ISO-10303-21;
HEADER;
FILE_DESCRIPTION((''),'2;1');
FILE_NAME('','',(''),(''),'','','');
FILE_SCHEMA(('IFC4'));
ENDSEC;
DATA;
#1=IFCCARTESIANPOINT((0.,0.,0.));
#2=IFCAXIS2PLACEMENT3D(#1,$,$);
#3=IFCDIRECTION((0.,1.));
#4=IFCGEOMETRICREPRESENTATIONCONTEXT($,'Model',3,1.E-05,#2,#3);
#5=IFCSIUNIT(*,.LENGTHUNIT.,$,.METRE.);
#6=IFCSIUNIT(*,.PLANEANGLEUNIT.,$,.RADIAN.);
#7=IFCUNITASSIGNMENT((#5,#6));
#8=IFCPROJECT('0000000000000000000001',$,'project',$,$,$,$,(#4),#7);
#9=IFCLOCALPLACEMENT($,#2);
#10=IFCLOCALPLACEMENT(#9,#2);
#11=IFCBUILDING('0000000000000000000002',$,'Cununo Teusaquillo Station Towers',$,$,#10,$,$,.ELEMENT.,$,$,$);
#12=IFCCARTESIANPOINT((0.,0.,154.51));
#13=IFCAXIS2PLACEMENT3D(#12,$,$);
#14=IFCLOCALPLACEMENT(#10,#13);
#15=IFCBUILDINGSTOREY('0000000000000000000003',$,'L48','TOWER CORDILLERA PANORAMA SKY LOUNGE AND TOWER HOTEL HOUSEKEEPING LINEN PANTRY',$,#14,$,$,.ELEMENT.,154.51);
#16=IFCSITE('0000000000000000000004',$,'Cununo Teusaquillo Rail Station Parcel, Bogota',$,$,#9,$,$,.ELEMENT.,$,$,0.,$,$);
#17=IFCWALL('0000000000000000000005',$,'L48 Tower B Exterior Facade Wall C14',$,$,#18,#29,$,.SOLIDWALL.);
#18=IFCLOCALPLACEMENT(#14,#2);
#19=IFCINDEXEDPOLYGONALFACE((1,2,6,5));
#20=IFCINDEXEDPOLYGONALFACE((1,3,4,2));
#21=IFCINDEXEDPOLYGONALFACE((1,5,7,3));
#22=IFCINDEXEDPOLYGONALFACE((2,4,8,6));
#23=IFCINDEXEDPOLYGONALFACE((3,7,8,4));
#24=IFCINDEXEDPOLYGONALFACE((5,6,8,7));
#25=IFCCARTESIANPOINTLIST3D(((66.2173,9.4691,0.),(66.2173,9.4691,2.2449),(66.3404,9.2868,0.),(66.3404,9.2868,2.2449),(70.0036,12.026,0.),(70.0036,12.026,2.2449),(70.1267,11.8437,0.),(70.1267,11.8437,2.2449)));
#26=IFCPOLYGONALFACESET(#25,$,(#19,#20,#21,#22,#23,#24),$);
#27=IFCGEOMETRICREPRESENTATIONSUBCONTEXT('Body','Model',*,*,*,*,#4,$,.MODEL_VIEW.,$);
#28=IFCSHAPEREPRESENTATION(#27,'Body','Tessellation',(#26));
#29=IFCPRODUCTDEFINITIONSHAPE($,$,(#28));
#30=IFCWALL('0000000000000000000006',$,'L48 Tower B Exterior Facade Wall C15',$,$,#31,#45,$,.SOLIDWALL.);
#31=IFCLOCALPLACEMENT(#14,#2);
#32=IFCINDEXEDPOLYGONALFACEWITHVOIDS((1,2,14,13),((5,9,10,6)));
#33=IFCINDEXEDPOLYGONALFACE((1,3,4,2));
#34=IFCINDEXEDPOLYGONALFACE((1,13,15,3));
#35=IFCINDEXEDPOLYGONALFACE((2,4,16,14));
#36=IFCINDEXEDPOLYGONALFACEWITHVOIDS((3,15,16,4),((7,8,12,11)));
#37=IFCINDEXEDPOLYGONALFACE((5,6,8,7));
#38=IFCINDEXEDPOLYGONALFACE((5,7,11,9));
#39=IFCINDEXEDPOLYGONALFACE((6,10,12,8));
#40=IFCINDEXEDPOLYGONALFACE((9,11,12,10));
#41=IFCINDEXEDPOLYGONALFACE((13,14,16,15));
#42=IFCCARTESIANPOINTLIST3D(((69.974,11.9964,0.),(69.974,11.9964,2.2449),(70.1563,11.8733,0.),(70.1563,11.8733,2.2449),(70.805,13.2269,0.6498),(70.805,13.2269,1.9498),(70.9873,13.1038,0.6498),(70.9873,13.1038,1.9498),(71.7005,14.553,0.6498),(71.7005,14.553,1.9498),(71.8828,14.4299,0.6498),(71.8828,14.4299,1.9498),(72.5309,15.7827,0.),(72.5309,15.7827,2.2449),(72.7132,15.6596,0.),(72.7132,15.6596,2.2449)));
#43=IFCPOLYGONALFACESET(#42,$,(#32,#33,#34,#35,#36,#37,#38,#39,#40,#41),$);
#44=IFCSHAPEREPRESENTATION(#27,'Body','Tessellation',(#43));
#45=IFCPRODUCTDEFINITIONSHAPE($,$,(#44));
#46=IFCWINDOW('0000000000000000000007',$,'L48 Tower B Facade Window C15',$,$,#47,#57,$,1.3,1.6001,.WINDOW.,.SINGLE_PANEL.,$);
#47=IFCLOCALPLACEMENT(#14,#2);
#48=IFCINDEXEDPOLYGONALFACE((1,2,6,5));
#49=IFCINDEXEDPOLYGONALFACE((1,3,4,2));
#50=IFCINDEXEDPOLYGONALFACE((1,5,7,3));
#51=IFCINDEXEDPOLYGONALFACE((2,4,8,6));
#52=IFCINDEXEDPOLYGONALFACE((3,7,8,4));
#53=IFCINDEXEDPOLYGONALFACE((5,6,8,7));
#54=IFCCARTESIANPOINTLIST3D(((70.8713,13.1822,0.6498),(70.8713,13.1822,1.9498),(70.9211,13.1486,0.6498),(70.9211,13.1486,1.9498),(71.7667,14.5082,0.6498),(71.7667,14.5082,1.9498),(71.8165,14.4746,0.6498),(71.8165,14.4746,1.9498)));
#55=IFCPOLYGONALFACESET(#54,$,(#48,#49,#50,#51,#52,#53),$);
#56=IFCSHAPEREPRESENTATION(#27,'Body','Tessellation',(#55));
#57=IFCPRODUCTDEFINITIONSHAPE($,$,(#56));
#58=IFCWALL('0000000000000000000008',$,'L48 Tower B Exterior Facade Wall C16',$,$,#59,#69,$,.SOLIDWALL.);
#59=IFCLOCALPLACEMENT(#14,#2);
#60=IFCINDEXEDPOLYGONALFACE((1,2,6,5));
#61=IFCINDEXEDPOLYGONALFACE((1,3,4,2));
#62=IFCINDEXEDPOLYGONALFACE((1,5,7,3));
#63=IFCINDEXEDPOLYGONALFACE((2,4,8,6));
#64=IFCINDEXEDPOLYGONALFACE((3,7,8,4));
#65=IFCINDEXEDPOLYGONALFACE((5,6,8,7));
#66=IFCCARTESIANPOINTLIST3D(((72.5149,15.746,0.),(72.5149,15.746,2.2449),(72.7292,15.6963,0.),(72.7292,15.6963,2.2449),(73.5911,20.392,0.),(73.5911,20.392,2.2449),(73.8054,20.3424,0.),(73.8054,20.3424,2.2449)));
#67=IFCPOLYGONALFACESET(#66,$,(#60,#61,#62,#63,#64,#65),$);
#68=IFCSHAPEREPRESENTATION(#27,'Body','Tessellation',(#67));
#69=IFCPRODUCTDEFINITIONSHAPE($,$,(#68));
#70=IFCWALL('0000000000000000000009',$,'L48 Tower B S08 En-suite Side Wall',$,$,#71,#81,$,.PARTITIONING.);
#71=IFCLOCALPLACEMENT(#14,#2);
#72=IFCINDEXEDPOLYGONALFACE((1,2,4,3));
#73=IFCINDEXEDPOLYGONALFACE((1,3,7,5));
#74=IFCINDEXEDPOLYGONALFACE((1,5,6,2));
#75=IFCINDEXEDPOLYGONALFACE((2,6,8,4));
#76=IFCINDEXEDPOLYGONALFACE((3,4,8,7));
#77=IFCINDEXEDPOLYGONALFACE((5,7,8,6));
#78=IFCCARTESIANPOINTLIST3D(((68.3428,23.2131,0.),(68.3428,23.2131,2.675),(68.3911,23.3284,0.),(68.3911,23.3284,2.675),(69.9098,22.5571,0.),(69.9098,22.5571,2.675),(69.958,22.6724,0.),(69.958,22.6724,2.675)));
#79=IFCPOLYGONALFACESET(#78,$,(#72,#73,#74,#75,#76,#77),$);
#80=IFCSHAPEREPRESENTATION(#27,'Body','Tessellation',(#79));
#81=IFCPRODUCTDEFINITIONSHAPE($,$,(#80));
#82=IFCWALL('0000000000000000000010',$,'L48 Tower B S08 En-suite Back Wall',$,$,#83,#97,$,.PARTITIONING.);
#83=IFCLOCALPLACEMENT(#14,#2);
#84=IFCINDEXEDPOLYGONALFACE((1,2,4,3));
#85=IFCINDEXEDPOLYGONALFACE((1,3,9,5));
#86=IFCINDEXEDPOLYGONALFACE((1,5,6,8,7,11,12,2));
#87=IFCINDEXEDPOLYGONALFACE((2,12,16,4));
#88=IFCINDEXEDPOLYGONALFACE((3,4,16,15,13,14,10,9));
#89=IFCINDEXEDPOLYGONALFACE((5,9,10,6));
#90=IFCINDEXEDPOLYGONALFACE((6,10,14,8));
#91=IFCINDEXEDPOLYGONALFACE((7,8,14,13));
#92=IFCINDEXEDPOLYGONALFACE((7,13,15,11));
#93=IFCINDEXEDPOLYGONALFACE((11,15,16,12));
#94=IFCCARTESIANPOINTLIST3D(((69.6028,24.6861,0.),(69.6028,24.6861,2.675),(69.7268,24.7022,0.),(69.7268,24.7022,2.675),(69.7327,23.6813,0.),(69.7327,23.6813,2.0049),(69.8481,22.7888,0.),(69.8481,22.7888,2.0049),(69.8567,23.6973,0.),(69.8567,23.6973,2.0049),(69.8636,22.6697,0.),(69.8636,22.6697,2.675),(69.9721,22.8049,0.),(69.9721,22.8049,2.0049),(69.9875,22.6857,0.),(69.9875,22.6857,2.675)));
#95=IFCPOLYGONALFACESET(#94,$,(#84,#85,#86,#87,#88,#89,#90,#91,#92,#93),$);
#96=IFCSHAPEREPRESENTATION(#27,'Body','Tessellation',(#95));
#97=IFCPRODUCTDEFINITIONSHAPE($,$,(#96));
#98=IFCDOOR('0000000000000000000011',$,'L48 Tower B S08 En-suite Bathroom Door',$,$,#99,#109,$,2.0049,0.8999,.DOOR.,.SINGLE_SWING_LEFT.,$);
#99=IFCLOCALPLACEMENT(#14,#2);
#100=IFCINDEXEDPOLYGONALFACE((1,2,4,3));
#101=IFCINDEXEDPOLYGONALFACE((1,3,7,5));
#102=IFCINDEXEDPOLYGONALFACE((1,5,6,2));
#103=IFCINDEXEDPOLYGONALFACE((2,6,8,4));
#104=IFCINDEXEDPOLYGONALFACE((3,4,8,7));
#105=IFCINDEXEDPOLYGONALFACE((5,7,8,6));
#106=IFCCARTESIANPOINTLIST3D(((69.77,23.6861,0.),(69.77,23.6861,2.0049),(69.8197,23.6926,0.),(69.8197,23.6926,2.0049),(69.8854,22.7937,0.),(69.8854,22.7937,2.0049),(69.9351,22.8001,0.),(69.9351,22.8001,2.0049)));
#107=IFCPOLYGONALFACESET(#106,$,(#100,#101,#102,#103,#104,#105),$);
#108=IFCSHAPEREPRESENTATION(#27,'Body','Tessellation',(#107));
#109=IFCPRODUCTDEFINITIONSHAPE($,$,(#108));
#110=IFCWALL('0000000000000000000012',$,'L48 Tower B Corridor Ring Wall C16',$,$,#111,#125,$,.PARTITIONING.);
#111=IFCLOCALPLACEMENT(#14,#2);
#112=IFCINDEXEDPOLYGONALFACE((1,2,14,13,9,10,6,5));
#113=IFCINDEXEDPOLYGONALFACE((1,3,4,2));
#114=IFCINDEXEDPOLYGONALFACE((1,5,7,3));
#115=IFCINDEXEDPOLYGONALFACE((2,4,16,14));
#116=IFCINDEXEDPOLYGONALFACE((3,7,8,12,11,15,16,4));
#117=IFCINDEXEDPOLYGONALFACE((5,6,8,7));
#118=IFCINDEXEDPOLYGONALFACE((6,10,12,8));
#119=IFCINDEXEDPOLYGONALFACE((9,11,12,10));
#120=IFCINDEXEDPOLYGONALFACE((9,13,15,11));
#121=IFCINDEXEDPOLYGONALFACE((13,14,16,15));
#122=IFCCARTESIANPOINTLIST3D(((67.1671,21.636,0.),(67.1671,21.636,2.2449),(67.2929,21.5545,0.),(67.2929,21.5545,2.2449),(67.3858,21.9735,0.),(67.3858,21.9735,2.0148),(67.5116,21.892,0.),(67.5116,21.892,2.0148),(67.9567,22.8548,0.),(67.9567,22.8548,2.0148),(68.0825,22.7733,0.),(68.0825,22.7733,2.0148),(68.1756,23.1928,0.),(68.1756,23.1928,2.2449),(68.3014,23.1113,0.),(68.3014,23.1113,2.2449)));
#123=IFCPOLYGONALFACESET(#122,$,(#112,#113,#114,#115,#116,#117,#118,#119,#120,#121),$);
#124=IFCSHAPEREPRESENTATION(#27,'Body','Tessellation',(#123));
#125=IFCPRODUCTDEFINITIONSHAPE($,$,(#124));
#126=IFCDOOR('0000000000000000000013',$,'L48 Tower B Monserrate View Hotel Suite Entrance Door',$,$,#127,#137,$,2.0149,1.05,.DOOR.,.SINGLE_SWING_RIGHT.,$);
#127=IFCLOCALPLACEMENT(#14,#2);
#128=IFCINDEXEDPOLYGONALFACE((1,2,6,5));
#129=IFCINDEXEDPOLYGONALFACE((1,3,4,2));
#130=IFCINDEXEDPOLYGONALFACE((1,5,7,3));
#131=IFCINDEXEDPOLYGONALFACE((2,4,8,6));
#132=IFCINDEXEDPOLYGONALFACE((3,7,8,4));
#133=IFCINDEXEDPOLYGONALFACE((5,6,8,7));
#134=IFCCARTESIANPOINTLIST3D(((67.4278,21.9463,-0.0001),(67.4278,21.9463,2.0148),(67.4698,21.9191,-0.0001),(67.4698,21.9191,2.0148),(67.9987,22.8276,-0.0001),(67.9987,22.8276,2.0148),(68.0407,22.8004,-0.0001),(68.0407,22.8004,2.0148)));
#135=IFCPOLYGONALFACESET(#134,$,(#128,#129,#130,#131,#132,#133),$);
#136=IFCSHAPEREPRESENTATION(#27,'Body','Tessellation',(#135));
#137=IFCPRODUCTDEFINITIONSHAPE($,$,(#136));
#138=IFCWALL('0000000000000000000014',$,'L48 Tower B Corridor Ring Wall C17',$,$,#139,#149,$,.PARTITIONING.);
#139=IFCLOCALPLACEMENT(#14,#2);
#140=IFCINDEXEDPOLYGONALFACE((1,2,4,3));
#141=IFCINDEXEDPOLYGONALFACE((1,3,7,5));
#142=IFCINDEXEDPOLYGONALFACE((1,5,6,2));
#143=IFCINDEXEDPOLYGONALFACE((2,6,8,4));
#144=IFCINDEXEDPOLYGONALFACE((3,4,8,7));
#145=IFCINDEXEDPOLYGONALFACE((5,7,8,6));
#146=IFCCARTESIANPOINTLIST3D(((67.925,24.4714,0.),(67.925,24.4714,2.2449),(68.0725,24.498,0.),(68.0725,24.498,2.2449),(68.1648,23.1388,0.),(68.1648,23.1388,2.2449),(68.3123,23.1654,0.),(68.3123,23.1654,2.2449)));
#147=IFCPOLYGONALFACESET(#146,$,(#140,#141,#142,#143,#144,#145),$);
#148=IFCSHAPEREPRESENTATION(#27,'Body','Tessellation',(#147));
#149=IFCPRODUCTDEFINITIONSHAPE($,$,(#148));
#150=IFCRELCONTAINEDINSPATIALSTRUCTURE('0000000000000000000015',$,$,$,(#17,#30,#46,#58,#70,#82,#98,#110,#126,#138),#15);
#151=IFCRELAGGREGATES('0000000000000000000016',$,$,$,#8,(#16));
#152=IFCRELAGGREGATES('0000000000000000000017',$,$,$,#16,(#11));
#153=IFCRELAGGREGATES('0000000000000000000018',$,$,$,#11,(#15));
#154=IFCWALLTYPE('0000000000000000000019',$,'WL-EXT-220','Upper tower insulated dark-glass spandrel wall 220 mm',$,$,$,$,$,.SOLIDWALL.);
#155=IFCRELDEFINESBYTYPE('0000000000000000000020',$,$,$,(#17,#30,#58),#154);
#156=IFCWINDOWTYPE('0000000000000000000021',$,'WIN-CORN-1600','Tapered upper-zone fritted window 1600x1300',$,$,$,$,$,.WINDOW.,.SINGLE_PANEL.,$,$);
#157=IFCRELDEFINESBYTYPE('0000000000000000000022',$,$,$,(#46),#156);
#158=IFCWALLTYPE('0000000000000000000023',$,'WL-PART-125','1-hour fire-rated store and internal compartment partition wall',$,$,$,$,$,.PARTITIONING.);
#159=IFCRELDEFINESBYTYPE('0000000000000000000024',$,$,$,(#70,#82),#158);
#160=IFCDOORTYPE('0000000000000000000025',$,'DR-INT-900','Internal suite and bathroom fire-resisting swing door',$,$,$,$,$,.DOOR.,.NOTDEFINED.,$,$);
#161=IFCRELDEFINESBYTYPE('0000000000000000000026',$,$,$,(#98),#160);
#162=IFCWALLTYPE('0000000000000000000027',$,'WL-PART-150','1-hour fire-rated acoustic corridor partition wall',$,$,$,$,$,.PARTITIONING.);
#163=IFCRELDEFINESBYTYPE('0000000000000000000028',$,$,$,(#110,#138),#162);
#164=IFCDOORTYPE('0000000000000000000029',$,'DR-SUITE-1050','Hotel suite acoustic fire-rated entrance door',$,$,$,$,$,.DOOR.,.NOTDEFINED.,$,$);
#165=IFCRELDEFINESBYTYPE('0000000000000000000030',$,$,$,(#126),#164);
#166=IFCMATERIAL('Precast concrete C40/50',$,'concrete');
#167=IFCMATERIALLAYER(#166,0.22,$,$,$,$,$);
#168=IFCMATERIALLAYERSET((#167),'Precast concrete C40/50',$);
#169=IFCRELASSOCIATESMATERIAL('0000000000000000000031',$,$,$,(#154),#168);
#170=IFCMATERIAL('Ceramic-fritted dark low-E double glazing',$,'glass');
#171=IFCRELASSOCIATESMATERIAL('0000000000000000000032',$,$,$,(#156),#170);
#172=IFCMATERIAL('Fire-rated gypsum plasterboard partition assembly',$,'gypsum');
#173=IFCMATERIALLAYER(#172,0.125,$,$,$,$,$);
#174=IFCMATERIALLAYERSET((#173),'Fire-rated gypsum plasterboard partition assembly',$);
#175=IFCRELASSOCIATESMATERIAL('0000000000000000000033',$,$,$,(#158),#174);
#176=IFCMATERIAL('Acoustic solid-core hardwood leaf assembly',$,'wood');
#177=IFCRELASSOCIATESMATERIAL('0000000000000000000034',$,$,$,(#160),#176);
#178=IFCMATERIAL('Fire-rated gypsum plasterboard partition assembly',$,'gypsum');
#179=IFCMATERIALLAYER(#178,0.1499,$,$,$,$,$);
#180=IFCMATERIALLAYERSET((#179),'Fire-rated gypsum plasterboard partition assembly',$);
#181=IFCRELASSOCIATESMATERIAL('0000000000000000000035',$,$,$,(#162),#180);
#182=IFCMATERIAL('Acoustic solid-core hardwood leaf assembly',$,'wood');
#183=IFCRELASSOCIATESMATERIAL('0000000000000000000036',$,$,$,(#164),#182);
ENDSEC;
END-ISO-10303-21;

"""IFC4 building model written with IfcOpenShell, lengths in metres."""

from ifc_helpers import new_model, si_unit, direction, frame, frame_2d, origin, place, context, subcontext, project, spatial, rectangle, extrude, source, transform, mapped, material, layer, layer_set, type_object, element, fill, save


model = new_model("IFC4")

# Units and contexts
model_context = context("Model", 3, precision=1e-05, world=origin(), true_north=direction((0.0, 1.0)))
body_context = subcontext(model_context, "Body", "Model", "MODEL_VIEW")
ifc_project = project(units=[si_unit("LENGTHUNIT", "METRE"), si_unit("PLANEANGLEUNIT", "RADIAN")], contexts=[model_context])

# Site, building, storey
site_placement = place(None, origin())
site = spatial("IfcSite", under=ifc_project, at=site_placement, Name="Cununo Teusaquillo Rail Station Parcel, Bogota", CompositionType="ELEMENT", RefElevation=0.0)
building_placement = place(site_placement, origin())
building = spatial("IfcBuilding", under=site, at=building_placement, Name="Cununo Teusaquillo Station Towers", CompositionType="ELEMENT")
storey_placement = place(building_placement, frame((0.0, 0.0, 154.51)))
storey = spatial("IfcBuildingStorey", under=building, at=storey_placement, Name="L48", Description="TOWER CORDILLERA PANORAMA SKY LOUNGE AND TOWER HOTEL HOUSEKEEPING LINEN PANTRY", CompositionType="ELEMENT", Elevation=154.51)

# Shared definitions
ifc_material_1 = material(Name="Precast concrete C40/50", Category="concrete")
ifc_layer_1 = layer(ifc_material_1, 0.22)
ifc_layer_set_1 = layer_set([ifc_layer_1], Name="Precast concrete C40/50")
wall_type_1 = type_object("IfcWallType", Name="WL-EXT-220", Description="Upper tower insulated dark-glass spandrel wall 220 mm", PredefinedType="SOLIDWALL", material=ifc_layer_set_1)
shared_shape_1 = source(origin(), body_context, "Body", "SweptSolid", [
    extrude(rectangle(XDim=1.6001, YDim=1.3, at=frame_2d((0.8, 0.6499))), frame((0.0, 0.1199, 0.0), z_axis=(0.0, -1.0, 0.0), x_axis=(1.0, 0.0, 0.0)), (0.0, 0.0, 1.0), 0.24),
])
ifc_material_2 = material(Name="Ceramic-fritted dark low-E double glazing", Category="glass")
window_type = type_object("IfcWindowType", Name="WIN-CORN-1600", Description="Tapered upper-zone fritted window 1600x1300", PartitioningType="SINGLE_PANEL", PredefinedType="WINDOW", material=ifc_material_2)
shared_shape_2 = source(origin(), body_context, "Body", "SweptSolid", [
    extrude(rectangle(XDim=1.6001, YDim=1.3, at=frame_2d((0.8, 0.6499))), frame((0.0, 0.03, 0.0), z_axis=(0.0, -1.0, 0.0), x_axis=(1.0, 0.0, 0.0)), (0.0, 0.0, 1.0), 0.0601),
])

# Wall
wall_1_placement = place(storey_placement, frame((70.0652, 11.9348, 0.0), z_axis=(0.0, 0.0, 1.0), x_axis=(-0.828739, -0.559635, 0.0)))
element("IfcWall", 1, at=wall_1_placement, inside=storey, type_object=wall_type_1, Name="L48 Tower B Exterior Facade Wall C14", PredefinedType="SOLIDWALL", context=body_context, shape_type="SweptSolid", body=[
    extrude(rectangle(XDim=4.5688, YDim=0.22, at=frame_2d((2.2844, 0.0))), origin(), (0.0, 0.0, 1.0), 2.2449),
])

# Wall, opening, window
wall_2_placement = place(storey_placement, frame((72.6221, 15.7212, 0.0), z_axis=(0.0, 0.0, 1.0), x_axis=(-0.559635, -0.828739, 0.0)))
wall_2 = element("IfcWall", 2, at=wall_2_placement, inside=storey, type_object=wall_type_1, Name="L48 Tower B Exterior Facade Wall C15", PredefinedType="SOLIDWALL", context=body_context, shape_type="SweptSolid", body=[
    extrude(rectangle(XDim=4.5688, YDim=0.22, at=frame_2d((2.2844, 0.0))), origin(), (0.0, 0.0, 1.0), 2.2449),
])
opening_1_placement = place(wall_2_placement, frame((1.4839, 0.0, 0.6499)))
opening_1 = element("IfcOpeningElement", 3, at=opening_1_placement, cuts=wall_2, PredefinedType="OPENING", context=body_context, shape_type="MappedRepresentation", body=[
    mapped(shared_shape_1, transform((0.0, 0.0, 0.0), x_axis=(1.0, 0.0, 0.0), y_axis=(0.0, 1.0, 0.0), z_axis=(0.0, 0.0, 1.0), scale=1.0)),
])
window_1_placement = place(opening_1_placement, origin())
window_1 = element("IfcWindow", 4, at=window_1_placement, inside=storey, type_object=window_type, Name="L48 Tower B Facade Window C15", OverallHeight=1.3, OverallWidth=1.6001, PartitioningType="SINGLE_PANEL", PredefinedType="WINDOW", context=body_context, shape_type="MappedRepresentation", body=[
    mapped(shared_shape_2, transform((0.0, 0.0, 0.0), x_axis=(1.0, 0.0, 0.0), y_axis=(0.0, 1.0, 0.0), z_axis=(0.0, 0.0, 1.0), scale=1.0)),
])
fill(opening_1, window_1)

# Walls
wall_3_placement = place(storey_placement, frame((73.6982, 20.3672, 0.0), z_axis=(0.0, 0.0, 1.0), x_axis=(-0.22566, -0.974206, 0.0)))
element("IfcWall", 5, at=wall_3_placement, inside=storey, type_object=wall_type_1, Name="L48 Tower B Exterior Facade Wall C16", PredefinedType="SOLIDWALL", context=body_context, shape_type="SweptSolid", body=[
    extrude(rectangle(XDim=4.769, YDim=0.22, at=frame_2d((2.3845, 0.0))), origin(), (0.0, 0.0, 1.0), 2.2449),
])
ifc_material_3 = material(Name="Fire-rated gypsum plasterboard partition assembly", Category="gypsum")
ifc_layer_2 = layer(ifc_material_3, 0.125)
ifc_layer_set_2 = layer_set([ifc_layer_2], Name="Fire-rated gypsum plasterboard partition assembly")
wall_type_2 = type_object("IfcWallType", Name="WL-PART-125", Description="1-hour fire-rated store and internal compartment partition wall", PredefinedType="PARTITIONING", material=ifc_layer_set_2)
wall_4_placement = place(storey_placement, frame((68.3669, 23.2708, 0.0), z_axis=(0.0, 0.0, 1.0), x_axis=(0.922421, -0.386186, 0.0)))
element("IfcWall", 6, at=wall_4_placement, inside=storey, type_object=wall_type_2, Name="L48 Tower B S08 En-suite Side Wall", PredefinedType="PARTITIONING", context=body_context, shape_type="SweptSolid", body=[
    extrude(rectangle(XDim=1.6987, YDim=0.125, at=frame_2d((0.8494, 0.0))), origin(), (0.0, 0.0, 1.0), 2.675),
])

# Walls, openings, doors
wall_5_placement = place(storey_placement, frame((69.9255, 22.6777, 0.0), z_axis=(0.0, 0.0, 1.0), x_axis=(-0.128246, 0.991742, 0.0)))
wall_5 = element("IfcWall", 7, at=wall_5_placement, inside=storey, type_object=wall_type_2, Name="L48 Tower B S08 En-suite Back Wall", PredefinedType="PARTITIONING", context=body_context, shape_type="SweptSolid", body=[
    extrude(rectangle(XDim=2.0332, YDim=0.125, at=frame_2d((1.0166, 0.0))), origin(), (0.0, 0.0, 1.0), 2.675),
])
shared_shape_3 = source(origin(), body_context, "Body", "SweptSolid", [
    extrude(rectangle(XDim=0.8999, YDim=2.0049, at=frame_2d((0.45, 1.0024))), frame((0.0, 0.0725, 0.0), z_axis=(0.0, -1.0, 0.0), x_axis=(1.0, 0.0, 0.0)), (0.0, 0.0, 1.0), 0.145),
])
opening_2_placement = place(wall_5_placement, frame((0.1201, 0.0, 0.0)))
opening_2 = element("IfcOpeningElement", 8, at=opening_2_placement, cuts=wall_5, PredefinedType="OPENING", context=body_context, shape_type="MappedRepresentation", body=[
    mapped(shared_shape_3, transform((0.0, 0.0, 0.0), x_axis=(1.0, 0.0, 0.0), y_axis=(0.0, 1.0, 0.0), z_axis=(0.0, 0.0, 1.0), scale=1.0)),
])
ifc_material_4 = material(Name="Acoustic solid-core hardwood leaf assembly", Category="wood")
door_type_1 = type_object("IfcDoorType", Name="DR-INT-900", Description="Internal suite and bathroom fire-resisting swing door", OperationType="NOTDEFINED", PredefinedType="DOOR", material=ifc_material_4)
shared_shape_4 = source(origin(), body_context, "Body", "SweptSolid", [
    extrude(rectangle(XDim=0.8999, YDim=2.0049, at=frame_2d((0.45, 1.0024))), frame((0.0, 0.0249, 0.0), z_axis=(0.0, -1.0, 0.0), x_axis=(1.0, 0.0, 0.0)), (0.0, 0.0, 1.0), 0.05),
])
door_1_placement = place(opening_2_placement, origin())
door_1 = element("IfcDoor", 9, at=door_1_placement, inside=storey, type_object=door_type_1, Name="L48 Tower B S08 En-suite Bathroom Door", OperationType="SINGLE_SWING_LEFT", OverallHeight=2.0049, OverallWidth=0.8999, PredefinedType="DOOR", context=body_context, shape_type="MappedRepresentation", body=[
    mapped(shared_shape_4, transform((0.0, 0.0, 0.0), x_axis=(1.0, 0.0, 0.0), y_axis=(0.0, 1.0, 0.0), z_axis=(0.0, 0.0, 1.0), scale=1.0)),
])
fill(opening_2, door_1)
ifc_material_5 = material(Name="Fire-rated gypsum plasterboard partition assembly", Category="gypsum")
ifc_layer_3 = layer(ifc_material_5, 0.1499)
ifc_layer_set_3 = layer_set([ifc_layer_3], Name="Fire-rated gypsum plasterboard partition assembly")
wall_type_3 = type_object("IfcWallType", Name="WL-PART-150", Description="1-hour fire-rated acoustic corridor partition wall", PredefinedType="PARTITIONING", material=ifc_layer_set_3)
wall_6_placement = place(storey_placement, frame((67.23, 21.5952, 0.0), z_axis=(0.0, 0.0, 1.0), x_axis=(0.543688, 0.839288, 0.0)))
wall_6 = element("IfcWall", 10, at=wall_6_placement, inside=storey, type_object=wall_type_3, Name="L48 Tower B Corridor Ring Wall C16", PredefinedType="PARTITIONING", context=body_context, shape_type="SweptSolid", body=[
    extrude(rectangle(XDim=1.855, YDim=0.1499, at=frame_2d((0.9275, 0.0))), origin(), (0.0, 0.0, 1.0), 2.2449),
])
shared_shape_5 = source(origin(), body_context, "Body", "SweptSolid", [
    extrude(rectangle(XDim=1.05, YDim=2.0149, at=frame_2d((0.5249, 1.0073))), frame((0.0, 0.085, 0.0), z_axis=(0.0, -1.0, 0.0), x_axis=(1.0, 0.0, 0.0)), (0.0, 0.0, 1.0), 0.1699),
])
opening_3_placement = place(wall_6_placement, frame((0.4023, 0.0, 0.0)))
opening_3 = element("IfcOpeningElement", 11, at=opening_3_placement, cuts=wall_6, PredefinedType="OPENING", context=body_context, shape_type="MappedRepresentation", body=[
    mapped(shared_shape_5, transform((0.0, 0.0, 0.0), x_axis=(1.0, 0.0, 0.0), y_axis=(0.0, 1.0, 0.0), z_axis=(0.0, 0.0, 1.0), scale=1.0)),
])
ifc_material_6 = material(Name="Acoustic solid-core hardwood leaf assembly", Category="wood")
door_type_2 = type_object("IfcDoorType", Name="DR-SUITE-1050", Description="Hotel suite acoustic fire-rated entrance door", OperationType="NOTDEFINED", PredefinedType="DOOR", material=ifc_material_6)
shared_shape_6 = source(origin(), body_context, "Body", "SweptSolid", [
    extrude(rectangle(XDim=1.05, YDim=2.0149, at=frame_2d((0.5249, 1.0073))), frame((0.0, 0.0249, 0.0), z_axis=(0.0, -1.0, 0.0), x_axis=(1.0, 0.0, 0.0)), (0.0, 0.0, 1.0), 0.05),
])
door_2_placement = place(opening_3_placement, origin())
door_2 = element("IfcDoor", 12, at=door_2_placement, inside=storey, type_object=door_type_2, Name="L48 Tower B Monserrate View Hotel Suite Entrance Door", OperationType="SINGLE_SWING_RIGHT", OverallHeight=2.0149, OverallWidth=1.05, PredefinedType="DOOR", context=body_context, shape_type="MappedRepresentation", body=[
    mapped(shared_shape_6, transform((0.0, 0.0, 0.0), x_axis=(1.0, 0.0, 0.0), y_axis=(0.0, 1.0, 0.0), z_axis=(0.0, 0.0, 1.0), scale=1.0)),
])
fill(opening_3, door_2)

# Wall
wall_7_placement = place(storey_placement, frame((68.2385, 23.1521, 0.0), z_axis=(0.0, 0.0, 1.0), x_axis=(-0.177076, 0.984197, 0.0)))
element("IfcWall", 13, at=wall_7_placement, inside=storey, type_object=wall_type_3, Name="L48 Tower B Corridor Ring Wall C17", PredefinedType="PARTITIONING", context=body_context, shape_type="SweptSolid", body=[
    extrude(rectangle(XDim=1.354, YDim=0.1499, at=frame_2d((0.677, 0.0))), origin(), (0.0, 0.0, 1.0), 2.2449),
])

save(model, "model.ifc")
